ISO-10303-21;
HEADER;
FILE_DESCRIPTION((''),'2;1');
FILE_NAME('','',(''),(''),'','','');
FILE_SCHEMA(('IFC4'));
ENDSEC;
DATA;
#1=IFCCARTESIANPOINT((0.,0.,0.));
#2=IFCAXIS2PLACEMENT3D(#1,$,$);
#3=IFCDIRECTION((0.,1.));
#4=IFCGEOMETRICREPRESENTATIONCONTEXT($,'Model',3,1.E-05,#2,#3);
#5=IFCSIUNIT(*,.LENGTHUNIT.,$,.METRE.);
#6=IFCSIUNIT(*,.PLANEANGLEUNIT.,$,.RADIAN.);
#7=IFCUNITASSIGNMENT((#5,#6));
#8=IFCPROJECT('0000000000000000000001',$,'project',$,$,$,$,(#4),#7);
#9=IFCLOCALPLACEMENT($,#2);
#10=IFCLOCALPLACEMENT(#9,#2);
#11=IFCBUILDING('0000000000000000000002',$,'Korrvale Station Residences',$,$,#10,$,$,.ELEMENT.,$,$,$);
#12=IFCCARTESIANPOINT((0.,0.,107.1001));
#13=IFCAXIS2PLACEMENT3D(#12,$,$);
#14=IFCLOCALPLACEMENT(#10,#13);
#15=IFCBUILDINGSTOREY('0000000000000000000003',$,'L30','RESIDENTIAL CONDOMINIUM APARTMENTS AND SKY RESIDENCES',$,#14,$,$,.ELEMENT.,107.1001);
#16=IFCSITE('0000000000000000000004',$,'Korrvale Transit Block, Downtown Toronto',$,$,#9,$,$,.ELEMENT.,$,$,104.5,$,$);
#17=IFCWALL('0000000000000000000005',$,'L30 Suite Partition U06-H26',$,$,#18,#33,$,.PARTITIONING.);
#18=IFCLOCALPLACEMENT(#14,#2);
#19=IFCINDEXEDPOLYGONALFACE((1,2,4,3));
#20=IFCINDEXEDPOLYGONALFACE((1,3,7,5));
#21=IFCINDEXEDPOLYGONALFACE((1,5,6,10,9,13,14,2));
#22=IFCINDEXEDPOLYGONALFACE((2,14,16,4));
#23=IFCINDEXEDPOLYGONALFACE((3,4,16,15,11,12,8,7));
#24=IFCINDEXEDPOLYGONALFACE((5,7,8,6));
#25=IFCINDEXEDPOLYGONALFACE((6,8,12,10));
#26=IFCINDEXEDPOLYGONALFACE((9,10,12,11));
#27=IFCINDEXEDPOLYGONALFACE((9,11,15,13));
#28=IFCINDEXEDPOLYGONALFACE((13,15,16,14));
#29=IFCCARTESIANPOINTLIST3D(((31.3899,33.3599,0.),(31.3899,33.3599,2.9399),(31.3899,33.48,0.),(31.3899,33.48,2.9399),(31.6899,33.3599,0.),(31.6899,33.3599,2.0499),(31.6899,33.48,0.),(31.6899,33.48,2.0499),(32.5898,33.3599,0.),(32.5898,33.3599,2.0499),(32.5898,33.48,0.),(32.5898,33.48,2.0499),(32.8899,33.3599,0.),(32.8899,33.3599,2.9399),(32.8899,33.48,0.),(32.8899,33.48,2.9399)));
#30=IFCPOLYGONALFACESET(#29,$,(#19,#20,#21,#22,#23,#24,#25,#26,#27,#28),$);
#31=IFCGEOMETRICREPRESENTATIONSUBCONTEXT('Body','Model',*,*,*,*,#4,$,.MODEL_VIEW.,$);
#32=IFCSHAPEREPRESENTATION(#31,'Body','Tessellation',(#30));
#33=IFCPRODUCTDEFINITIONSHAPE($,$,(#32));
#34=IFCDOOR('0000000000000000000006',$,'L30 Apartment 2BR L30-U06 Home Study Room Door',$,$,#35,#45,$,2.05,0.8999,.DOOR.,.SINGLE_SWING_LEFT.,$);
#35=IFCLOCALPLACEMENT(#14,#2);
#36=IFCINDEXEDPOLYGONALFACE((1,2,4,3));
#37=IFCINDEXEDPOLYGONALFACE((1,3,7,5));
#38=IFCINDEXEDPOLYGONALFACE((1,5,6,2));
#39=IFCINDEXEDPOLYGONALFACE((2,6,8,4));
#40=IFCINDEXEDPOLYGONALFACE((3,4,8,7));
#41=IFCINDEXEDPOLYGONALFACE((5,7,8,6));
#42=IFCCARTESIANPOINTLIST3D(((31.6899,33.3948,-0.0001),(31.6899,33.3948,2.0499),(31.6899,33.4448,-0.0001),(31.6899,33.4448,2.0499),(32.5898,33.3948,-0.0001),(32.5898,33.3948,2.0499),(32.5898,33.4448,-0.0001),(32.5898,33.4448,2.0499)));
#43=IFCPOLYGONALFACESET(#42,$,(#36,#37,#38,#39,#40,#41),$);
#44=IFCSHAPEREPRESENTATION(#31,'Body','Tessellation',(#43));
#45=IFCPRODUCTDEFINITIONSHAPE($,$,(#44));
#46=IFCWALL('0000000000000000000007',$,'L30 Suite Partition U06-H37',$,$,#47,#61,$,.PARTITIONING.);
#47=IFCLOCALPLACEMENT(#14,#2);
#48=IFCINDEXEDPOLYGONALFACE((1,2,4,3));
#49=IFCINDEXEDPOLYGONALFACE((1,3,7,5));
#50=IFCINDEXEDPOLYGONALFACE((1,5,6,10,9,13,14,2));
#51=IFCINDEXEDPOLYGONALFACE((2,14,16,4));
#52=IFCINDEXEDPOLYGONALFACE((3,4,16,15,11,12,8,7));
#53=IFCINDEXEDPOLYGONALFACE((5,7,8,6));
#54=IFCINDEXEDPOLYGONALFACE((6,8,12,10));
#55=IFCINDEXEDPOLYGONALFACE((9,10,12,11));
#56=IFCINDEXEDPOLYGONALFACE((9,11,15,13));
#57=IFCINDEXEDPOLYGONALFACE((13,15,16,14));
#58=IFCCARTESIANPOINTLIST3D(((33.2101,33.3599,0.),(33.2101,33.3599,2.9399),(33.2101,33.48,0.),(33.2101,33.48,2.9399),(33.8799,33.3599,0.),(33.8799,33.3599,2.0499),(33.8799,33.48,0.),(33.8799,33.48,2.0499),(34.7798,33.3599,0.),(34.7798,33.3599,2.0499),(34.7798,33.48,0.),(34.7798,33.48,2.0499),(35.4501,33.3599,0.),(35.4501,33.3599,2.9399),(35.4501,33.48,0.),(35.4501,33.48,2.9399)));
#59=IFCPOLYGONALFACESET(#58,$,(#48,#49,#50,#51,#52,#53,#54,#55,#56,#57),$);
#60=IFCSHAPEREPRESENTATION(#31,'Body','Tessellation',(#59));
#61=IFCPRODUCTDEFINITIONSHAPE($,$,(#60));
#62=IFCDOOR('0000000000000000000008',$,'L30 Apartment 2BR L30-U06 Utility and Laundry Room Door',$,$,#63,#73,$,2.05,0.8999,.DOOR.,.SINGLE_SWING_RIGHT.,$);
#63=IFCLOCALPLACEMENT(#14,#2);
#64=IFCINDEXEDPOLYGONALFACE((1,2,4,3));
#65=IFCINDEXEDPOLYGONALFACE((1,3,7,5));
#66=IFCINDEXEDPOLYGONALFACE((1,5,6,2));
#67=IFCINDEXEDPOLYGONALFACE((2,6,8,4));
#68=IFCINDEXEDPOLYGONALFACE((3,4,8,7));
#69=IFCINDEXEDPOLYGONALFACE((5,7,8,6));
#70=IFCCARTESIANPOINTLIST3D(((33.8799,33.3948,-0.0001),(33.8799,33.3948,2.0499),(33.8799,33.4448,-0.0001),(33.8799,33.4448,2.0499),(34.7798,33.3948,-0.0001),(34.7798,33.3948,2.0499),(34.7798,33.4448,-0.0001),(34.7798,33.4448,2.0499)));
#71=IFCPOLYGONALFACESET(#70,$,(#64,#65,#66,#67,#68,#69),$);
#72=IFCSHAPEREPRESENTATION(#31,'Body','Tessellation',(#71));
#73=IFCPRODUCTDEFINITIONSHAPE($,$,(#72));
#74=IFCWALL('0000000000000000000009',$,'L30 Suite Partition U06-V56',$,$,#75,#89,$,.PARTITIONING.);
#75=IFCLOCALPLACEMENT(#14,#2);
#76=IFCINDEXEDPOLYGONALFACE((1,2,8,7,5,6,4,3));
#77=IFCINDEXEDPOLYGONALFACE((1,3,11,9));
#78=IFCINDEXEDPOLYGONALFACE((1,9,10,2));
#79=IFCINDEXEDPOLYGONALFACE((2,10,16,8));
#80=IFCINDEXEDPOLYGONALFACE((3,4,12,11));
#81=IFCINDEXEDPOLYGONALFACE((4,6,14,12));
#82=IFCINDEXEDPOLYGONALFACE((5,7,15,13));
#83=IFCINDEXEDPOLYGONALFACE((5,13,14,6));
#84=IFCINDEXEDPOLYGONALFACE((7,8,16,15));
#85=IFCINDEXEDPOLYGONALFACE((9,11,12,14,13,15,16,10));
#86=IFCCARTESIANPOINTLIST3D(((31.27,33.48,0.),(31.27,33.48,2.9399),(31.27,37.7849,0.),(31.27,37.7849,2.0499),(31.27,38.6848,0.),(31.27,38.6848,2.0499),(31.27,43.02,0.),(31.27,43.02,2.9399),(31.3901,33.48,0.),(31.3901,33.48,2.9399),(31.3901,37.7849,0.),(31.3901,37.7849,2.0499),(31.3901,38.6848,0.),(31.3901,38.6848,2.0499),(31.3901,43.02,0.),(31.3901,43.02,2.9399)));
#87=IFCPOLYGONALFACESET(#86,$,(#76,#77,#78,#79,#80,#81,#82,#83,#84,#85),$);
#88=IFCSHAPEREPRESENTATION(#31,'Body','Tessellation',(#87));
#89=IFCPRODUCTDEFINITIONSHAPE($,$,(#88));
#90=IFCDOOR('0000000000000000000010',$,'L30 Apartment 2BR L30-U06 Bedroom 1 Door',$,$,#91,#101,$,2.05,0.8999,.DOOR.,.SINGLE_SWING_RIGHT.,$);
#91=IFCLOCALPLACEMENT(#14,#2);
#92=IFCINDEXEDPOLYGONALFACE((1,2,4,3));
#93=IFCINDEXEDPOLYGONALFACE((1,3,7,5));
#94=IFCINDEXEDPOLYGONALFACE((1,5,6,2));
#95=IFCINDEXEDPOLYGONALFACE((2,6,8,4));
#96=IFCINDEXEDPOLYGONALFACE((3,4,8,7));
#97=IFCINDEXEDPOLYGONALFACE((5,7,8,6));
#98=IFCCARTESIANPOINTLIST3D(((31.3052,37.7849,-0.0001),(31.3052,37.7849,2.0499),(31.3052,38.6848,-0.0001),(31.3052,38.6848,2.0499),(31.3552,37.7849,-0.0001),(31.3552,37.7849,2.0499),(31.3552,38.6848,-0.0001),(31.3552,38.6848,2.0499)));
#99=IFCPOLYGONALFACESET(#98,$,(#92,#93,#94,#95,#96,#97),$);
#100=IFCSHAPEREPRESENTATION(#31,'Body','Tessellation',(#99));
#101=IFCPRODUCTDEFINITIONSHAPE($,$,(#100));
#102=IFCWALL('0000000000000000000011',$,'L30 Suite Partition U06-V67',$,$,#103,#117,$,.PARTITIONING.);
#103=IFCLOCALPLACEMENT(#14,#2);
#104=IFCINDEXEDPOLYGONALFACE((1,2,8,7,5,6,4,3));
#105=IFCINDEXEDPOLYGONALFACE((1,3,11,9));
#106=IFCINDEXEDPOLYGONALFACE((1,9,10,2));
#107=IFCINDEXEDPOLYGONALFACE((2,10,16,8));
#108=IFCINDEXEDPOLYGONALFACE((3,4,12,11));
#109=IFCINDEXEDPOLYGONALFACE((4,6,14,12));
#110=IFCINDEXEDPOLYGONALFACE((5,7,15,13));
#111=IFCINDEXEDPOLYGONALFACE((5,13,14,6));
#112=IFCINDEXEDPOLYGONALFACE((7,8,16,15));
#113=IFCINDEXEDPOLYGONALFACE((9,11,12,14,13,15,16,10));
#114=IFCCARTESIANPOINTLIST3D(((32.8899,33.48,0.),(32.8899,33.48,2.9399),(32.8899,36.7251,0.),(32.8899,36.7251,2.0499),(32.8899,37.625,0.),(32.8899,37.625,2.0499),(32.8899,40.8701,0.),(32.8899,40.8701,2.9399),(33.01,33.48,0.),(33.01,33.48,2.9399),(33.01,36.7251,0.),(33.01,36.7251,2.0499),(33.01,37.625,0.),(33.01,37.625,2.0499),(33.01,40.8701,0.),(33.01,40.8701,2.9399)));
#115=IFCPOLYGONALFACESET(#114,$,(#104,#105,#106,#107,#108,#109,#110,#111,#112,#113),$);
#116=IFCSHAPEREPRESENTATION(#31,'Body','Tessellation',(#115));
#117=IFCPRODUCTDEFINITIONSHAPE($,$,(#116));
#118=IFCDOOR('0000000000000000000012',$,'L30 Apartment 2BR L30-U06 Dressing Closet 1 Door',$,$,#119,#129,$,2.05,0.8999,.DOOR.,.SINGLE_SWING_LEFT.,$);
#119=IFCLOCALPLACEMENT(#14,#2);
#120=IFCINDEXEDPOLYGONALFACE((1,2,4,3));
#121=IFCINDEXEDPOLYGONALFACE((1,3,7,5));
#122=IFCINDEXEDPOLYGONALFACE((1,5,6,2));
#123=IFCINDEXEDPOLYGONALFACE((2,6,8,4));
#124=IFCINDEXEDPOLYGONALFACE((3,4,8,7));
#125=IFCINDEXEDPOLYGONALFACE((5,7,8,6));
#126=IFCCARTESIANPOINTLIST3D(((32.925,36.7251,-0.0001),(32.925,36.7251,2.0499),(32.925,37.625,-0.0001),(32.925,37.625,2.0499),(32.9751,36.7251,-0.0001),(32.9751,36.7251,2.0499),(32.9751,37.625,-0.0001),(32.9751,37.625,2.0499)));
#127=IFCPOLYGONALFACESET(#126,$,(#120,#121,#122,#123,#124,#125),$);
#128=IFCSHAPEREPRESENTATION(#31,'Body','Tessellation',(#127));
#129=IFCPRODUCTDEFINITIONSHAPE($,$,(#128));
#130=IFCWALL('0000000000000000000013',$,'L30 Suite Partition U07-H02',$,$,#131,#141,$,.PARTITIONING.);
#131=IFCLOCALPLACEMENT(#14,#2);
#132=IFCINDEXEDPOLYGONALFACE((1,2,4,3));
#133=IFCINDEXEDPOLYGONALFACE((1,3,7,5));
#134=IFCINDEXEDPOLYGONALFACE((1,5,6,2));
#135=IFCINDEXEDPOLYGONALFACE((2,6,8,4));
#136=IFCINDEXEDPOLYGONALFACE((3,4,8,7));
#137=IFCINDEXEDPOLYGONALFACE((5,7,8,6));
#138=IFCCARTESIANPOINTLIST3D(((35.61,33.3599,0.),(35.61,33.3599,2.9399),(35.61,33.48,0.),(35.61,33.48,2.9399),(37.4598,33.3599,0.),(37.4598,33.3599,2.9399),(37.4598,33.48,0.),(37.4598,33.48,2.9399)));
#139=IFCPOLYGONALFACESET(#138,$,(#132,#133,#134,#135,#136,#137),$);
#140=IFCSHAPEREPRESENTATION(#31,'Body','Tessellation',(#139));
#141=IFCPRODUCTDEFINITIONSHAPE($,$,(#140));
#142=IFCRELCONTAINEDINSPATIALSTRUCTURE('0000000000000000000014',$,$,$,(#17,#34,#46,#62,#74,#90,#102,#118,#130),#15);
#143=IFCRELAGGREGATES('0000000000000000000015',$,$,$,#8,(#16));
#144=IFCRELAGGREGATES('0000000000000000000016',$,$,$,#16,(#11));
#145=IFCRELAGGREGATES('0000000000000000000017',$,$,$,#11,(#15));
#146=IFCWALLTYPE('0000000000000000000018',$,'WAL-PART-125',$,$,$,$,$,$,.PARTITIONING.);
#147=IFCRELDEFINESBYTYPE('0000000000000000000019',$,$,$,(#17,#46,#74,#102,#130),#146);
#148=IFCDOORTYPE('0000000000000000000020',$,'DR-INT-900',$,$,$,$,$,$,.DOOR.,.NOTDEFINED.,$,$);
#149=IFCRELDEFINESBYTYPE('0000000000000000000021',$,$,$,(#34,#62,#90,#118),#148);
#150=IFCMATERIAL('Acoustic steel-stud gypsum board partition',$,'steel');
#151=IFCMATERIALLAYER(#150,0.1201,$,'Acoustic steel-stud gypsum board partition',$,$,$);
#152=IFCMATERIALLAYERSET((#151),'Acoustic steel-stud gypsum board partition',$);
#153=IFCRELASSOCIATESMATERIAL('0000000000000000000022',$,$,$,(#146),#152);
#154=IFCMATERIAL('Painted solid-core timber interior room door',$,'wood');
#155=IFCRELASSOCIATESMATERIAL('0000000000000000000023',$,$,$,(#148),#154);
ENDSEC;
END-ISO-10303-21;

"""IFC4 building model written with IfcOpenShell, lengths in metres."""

from ifc_helpers import new_model, si_unit, direction, frame, frame_2d, origin, place, context, subcontext, project, spatial, rectangle, extrude, material, layer, layer_set, type_object, element, fill, save


model = new_model("IFC4")

# Units and contexts
model_context = context("Model", 3, precision=1e-05, world=origin(), true_north=direction((0.0, 1.0)))
body_context = subcontext(model_context, "Body", "Model", "MODEL_VIEW")
ifc_project = project(units=[si_unit("LENGTHUNIT", "METRE"), si_unit("PLANEANGLEUNIT", "RADIAN")], contexts=[model_context])

# Site, building, storey
site_placement = place(None, origin())
site = spatial("IfcSite", under=ifc_project, at=site_placement, Name="Korrvale Transit Block, Downtown Toronto", CompositionType="ELEMENT", RefElevation=104.5)
building_placement = place(site_placement, origin())
building = spatial("IfcBuilding", under=site, at=building_placement, Name="Korrvale Station Residences", CompositionType="ELEMENT")
storey_placement = place(building_placement, frame((0.0, 0.0, 107.1001)))
storey = spatial("IfcBuildingStorey", under=building, at=storey_placement, Name="L30", Description="RESIDENTIAL CONDOMINIUM APARTMENTS AND SKY RESIDENCES", CompositionType="ELEMENT", Elevation=107.1001)

# Walls, openings, doors
ifc_material_1 = material(Name="Acoustic steel-stud gypsum board partition", Category="steel")
ifc_layer_1 = layer(ifc_material_1, 0.1201, Name="Acoustic steel-stud gypsum board partition")
ifc_layer_set_1 = layer_set([ifc_layer_1], Name="Acoustic steel-stud gypsum board partition")
wall_type_1 = type_object("IfcWallType", Name="WAL-PART-125", PredefinedType="PARTITIONING", material=ifc_layer_set_1)
wall_1_placement = place(storey_placement, frame((31.3899, 33.4199, 0.0), z_axis=(0.0, 0.0, 1.0), x_axis=(1.0, 0.0, 0.0)))
wall_1 = element("IfcWall", 1, at=wall_1_placement, inside=storey, type_object=wall_type_1, Name="L30 Suite Partition U06-H26", PredefinedType="PARTITIONING", context=body_context, shape_type="SweptSolid", body=[
    extrude(rectangle(XDim=1.5, YDim=0.1201, at=frame_2d((0.75, 0.0))), origin(), (0.0, 0.0, 1.0), 2.9399),
])
opening_1_placement = place(wall_1_placement, frame((0.3, 0.0, 0.0)))
opening_1 = element("IfcOpeningElement", 2, at=opening_1_placement, cuts=wall_1, PredefinedType="OPENING", context=body_context, shape_type="SweptSolid", body=[
    extrude(rectangle(XDim=0.8999, YDim=2.05, at=frame_2d((0.45, 1.0249))), frame((0.0, 0.0701, 0.0), z_axis=(0.0, -1.0, 0.0), x_axis=(1.0, 0.0, 0.0)), (0.0, 0.0, 1.0), 0.1401),
])
ifc_material_2 = material(Name="Painted solid-core timber interior room door", Category="wood")
door_type_1 = type_object("IfcDoorType", Name="DR-INT-900", OperationType="NOTDEFINED", PredefinedType="DOOR", material=ifc_material_2)
door_1_placement = place(opening_1_placement, origin())
door_1 = element("IfcDoor", 3, at=door_1_placement, inside=storey, type_object=door_type_1, Name="L30 Apartment 2BR L30-U06 Home Study Room Door", OperationType="SINGLE_SWING_LEFT", OverallHeight=2.05, OverallWidth=0.8999, PredefinedType="DOOR", context=body_context, shape_type="SweptSolid", body=[
    extrude(rectangle(XDim=0.8999, YDim=2.05, at=frame_2d((0.45, 1.0249))), frame((0.0, 0.0249, 0.0), z_axis=(0.0, -1.0, 0.0), x_axis=(1.0, 0.0, 0.0)), (0.0, 0.0, 1.0), 0.05),
])
fill(opening_1, door_1)
wall_2_placement = place(storey_placement, frame((33.21, 33.4199, 0.0), z_axis=(0.0, 0.0, 1.0), x_axis=(1.0, 0.0, 0.0)))
wall_2 = element("IfcWall", 4, at=wall_2_placement, inside=storey, type_object=wall_type_1, Name="L30 Suite Partition U06-H37", PredefinedType="PARTITIONING", context=body_context, shape_type="SweptSolid", body=[
    extrude(rectangle(XDim=2.24, YDim=0.1201, at=frame_2d((1.1201, 0.0))), origin(), (0.0, 0.0, 1.0), 2.9399),
])
opening_2_placement = place(wall_2_placement, frame((0.6699, 0.0, 0.0)))
opening_2 = element("IfcOpeningElement", 5, at=opening_2_placement, cuts=wall_2, PredefinedType="OPENING", context=body_context, shape_type="SweptSolid", body=[
    extrude(rectangle(XDim=0.8999, YDim=2.05, at=frame_2d((0.45, 1.0249))), frame((0.0, 0.0701, 0.0), z_axis=(0.0, -1.0, 0.0), x_axis=(1.0, 0.0, 0.0)), (0.0, 0.0, 1.0), 0.1401),
])
door_2_placement = place(opening_2_placement, origin())
door_2 = element("IfcDoor", 6, at=door_2_placement, inside=storey, type_object=door_type_1, Name="L30 Apartment 2BR L30-U06 Utility and Laundry Room Door", OperationType="SINGLE_SWING_RIGHT", OverallHeight=2.05, OverallWidth=0.8999, PredefinedType="DOOR", context=body_context, shape_type="SweptSolid", body=[
    extrude(rectangle(XDim=0.8999, YDim=2.05, at=frame_2d((0.45, 1.0249))), frame((0.0, 0.0249, 0.0), z_axis=(0.0, -1.0, 0.0), x_axis=(1.0, 0.0, 0.0)), (0.0, 0.0, 1.0), 0.05),
])
fill(opening_2, door_2)
wall_3_placement = place(storey_placement, frame((31.3301, 33.48, 0.0), z_axis=(0.0, 0.0, 1.0), x_axis=(0.0, 1.0, 0.0)))
wall_3 = element("IfcWall", 7, at=wall_3_placement, inside=storey, type_object=wall_type_1, Name="L30 Suite Partition U06-V56", PredefinedType="PARTITIONING", context=body_context, shape_type="SweptSolid", body=[
    extrude(rectangle(XDim=9.54, YDim=0.1201, at=frame_2d((4.77, 0.0))), origin(), (0.0, 0.0, 1.0), 2.9399),
])
opening_3_placement = place(wall_3_placement, frame((4.3049, 0.0, 0.0)))
opening_3 = element("IfcOpeningElement", 8, at=opening_3_placement, cuts=wall_3, PredefinedType="OPENING", context=body_context, shape_type="SweptSolid", body=[
    extrude(rectangle(XDim=0.8999, YDim=2.05, at=frame_2d((0.45, 1.0249))), frame((0.0, 0.0701, 0.0), z_axis=(0.0, -1.0, 0.0), x_axis=(1.0, 0.0, 0.0)), (0.0, 0.0, 1.0), 0.1401),
])
door_3_placement = place(opening_3_placement, origin())
door_3 = element("IfcDoor", 9, at=door_3_placement, inside=storey, type_object=door_type_1, Name="L30 Apartment 2BR L30-U06 Bedroom 1 Door", OperationType="SINGLE_SWING_RIGHT", OverallHeight=2.05, OverallWidth=0.8999, PredefinedType="DOOR", context=body_context, shape_type="SweptSolid", body=[
    extrude(rectangle(XDim=0.8999, YDim=2.05, at=frame_2d((0.45, 1.0249))), frame((0.0, 0.0249, 0.0), z_axis=(0.0, -1.0, 0.0), x_axis=(1.0, 0.0, 0.0)), (0.0, 0.0, 1.0), 0.05),
])
fill(opening_3, door_3)
wall_4_placement = place(storey_placement, frame((32.95, 33.48, 0.0), z_axis=(0.0, 0.0, 1.0), x_axis=(0.0, 1.0, 0.0)))
wall_4 = element("IfcWall", 10, at=wall_4_placement, inside=storey, type_object=wall_type_1, Name="L30 Suite Partition U06-V67", PredefinedType="PARTITIONING", context=body_context, shape_type="SweptSolid", body=[
    extrude(rectangle(XDim=7.3901, YDim=0.1201, at=frame_2d((3.6951, 0.0))), origin(), (0.0, 0.0, 1.0), 2.9399),
])
opening_4_placement = place(wall_4_placement, frame((3.2451, 0.0, 0.0)))
opening_4 = element("IfcOpeningElement", 11, at=opening_4_placement, cuts=wall_4, PredefinedType="OPENING", context=body_context, shape_type="SweptSolid", body=[
    extrude(rectangle(XDim=0.8999, YDim=2.05, at=frame_2d((0.45, 1.0249))), frame((0.0, 0.0701, 0.0), z_axis=(0.0, -1.0, 0.0), x_axis=(1.0, 0.0, 0.0)), (0.0, 0.0, 1.0), 0.1401),
])
door_4_placement = place(opening_4_placement, origin())
door_4 = element("IfcDoor", 12, at=door_4_placement, inside=storey, type_object=door_type_1, Name="L30 Apartment 2BR L30-U06 Dressing Closet 1 Door", OperationType="SINGLE_SWING_LEFT", OverallHeight=2.05, OverallWidth=0.8999, PredefinedType="DOOR", context=body_context, shape_type="SweptSolid", body=[
    extrude(rectangle(XDim=0.8999, YDim=2.05, at=frame_2d((0.45, 1.0249))), frame((0.0, 0.0249, 0.0), z_axis=(0.0, -1.0, 0.0), x_axis=(1.0, 0.0, 0.0)), (0.0, 0.0, 1.0), 0.05),
])
fill(opening_4, door_4)

# Wall
wall_5_placement = place(storey_placement, frame((35.6101, 33.4199, 0.0), z_axis=(0.0, 0.0, 1.0), x_axis=(1.0, 0.0, 0.0)))
element("IfcWall", 13, at=wall_5_placement, inside=storey, type_object=wall_type_1, Name="L30 Suite Partition U07-H02", PredefinedType="PARTITIONING", context=body_context, shape_type="SweptSolid", body=[
    extrude(rectangle(XDim=1.8499, YDim=0.1201, at=frame_2d((0.9248, 0.0))), origin(), (0.0, 0.0, 1.0), 2.9399),
])

save(model, "model.ifc")
